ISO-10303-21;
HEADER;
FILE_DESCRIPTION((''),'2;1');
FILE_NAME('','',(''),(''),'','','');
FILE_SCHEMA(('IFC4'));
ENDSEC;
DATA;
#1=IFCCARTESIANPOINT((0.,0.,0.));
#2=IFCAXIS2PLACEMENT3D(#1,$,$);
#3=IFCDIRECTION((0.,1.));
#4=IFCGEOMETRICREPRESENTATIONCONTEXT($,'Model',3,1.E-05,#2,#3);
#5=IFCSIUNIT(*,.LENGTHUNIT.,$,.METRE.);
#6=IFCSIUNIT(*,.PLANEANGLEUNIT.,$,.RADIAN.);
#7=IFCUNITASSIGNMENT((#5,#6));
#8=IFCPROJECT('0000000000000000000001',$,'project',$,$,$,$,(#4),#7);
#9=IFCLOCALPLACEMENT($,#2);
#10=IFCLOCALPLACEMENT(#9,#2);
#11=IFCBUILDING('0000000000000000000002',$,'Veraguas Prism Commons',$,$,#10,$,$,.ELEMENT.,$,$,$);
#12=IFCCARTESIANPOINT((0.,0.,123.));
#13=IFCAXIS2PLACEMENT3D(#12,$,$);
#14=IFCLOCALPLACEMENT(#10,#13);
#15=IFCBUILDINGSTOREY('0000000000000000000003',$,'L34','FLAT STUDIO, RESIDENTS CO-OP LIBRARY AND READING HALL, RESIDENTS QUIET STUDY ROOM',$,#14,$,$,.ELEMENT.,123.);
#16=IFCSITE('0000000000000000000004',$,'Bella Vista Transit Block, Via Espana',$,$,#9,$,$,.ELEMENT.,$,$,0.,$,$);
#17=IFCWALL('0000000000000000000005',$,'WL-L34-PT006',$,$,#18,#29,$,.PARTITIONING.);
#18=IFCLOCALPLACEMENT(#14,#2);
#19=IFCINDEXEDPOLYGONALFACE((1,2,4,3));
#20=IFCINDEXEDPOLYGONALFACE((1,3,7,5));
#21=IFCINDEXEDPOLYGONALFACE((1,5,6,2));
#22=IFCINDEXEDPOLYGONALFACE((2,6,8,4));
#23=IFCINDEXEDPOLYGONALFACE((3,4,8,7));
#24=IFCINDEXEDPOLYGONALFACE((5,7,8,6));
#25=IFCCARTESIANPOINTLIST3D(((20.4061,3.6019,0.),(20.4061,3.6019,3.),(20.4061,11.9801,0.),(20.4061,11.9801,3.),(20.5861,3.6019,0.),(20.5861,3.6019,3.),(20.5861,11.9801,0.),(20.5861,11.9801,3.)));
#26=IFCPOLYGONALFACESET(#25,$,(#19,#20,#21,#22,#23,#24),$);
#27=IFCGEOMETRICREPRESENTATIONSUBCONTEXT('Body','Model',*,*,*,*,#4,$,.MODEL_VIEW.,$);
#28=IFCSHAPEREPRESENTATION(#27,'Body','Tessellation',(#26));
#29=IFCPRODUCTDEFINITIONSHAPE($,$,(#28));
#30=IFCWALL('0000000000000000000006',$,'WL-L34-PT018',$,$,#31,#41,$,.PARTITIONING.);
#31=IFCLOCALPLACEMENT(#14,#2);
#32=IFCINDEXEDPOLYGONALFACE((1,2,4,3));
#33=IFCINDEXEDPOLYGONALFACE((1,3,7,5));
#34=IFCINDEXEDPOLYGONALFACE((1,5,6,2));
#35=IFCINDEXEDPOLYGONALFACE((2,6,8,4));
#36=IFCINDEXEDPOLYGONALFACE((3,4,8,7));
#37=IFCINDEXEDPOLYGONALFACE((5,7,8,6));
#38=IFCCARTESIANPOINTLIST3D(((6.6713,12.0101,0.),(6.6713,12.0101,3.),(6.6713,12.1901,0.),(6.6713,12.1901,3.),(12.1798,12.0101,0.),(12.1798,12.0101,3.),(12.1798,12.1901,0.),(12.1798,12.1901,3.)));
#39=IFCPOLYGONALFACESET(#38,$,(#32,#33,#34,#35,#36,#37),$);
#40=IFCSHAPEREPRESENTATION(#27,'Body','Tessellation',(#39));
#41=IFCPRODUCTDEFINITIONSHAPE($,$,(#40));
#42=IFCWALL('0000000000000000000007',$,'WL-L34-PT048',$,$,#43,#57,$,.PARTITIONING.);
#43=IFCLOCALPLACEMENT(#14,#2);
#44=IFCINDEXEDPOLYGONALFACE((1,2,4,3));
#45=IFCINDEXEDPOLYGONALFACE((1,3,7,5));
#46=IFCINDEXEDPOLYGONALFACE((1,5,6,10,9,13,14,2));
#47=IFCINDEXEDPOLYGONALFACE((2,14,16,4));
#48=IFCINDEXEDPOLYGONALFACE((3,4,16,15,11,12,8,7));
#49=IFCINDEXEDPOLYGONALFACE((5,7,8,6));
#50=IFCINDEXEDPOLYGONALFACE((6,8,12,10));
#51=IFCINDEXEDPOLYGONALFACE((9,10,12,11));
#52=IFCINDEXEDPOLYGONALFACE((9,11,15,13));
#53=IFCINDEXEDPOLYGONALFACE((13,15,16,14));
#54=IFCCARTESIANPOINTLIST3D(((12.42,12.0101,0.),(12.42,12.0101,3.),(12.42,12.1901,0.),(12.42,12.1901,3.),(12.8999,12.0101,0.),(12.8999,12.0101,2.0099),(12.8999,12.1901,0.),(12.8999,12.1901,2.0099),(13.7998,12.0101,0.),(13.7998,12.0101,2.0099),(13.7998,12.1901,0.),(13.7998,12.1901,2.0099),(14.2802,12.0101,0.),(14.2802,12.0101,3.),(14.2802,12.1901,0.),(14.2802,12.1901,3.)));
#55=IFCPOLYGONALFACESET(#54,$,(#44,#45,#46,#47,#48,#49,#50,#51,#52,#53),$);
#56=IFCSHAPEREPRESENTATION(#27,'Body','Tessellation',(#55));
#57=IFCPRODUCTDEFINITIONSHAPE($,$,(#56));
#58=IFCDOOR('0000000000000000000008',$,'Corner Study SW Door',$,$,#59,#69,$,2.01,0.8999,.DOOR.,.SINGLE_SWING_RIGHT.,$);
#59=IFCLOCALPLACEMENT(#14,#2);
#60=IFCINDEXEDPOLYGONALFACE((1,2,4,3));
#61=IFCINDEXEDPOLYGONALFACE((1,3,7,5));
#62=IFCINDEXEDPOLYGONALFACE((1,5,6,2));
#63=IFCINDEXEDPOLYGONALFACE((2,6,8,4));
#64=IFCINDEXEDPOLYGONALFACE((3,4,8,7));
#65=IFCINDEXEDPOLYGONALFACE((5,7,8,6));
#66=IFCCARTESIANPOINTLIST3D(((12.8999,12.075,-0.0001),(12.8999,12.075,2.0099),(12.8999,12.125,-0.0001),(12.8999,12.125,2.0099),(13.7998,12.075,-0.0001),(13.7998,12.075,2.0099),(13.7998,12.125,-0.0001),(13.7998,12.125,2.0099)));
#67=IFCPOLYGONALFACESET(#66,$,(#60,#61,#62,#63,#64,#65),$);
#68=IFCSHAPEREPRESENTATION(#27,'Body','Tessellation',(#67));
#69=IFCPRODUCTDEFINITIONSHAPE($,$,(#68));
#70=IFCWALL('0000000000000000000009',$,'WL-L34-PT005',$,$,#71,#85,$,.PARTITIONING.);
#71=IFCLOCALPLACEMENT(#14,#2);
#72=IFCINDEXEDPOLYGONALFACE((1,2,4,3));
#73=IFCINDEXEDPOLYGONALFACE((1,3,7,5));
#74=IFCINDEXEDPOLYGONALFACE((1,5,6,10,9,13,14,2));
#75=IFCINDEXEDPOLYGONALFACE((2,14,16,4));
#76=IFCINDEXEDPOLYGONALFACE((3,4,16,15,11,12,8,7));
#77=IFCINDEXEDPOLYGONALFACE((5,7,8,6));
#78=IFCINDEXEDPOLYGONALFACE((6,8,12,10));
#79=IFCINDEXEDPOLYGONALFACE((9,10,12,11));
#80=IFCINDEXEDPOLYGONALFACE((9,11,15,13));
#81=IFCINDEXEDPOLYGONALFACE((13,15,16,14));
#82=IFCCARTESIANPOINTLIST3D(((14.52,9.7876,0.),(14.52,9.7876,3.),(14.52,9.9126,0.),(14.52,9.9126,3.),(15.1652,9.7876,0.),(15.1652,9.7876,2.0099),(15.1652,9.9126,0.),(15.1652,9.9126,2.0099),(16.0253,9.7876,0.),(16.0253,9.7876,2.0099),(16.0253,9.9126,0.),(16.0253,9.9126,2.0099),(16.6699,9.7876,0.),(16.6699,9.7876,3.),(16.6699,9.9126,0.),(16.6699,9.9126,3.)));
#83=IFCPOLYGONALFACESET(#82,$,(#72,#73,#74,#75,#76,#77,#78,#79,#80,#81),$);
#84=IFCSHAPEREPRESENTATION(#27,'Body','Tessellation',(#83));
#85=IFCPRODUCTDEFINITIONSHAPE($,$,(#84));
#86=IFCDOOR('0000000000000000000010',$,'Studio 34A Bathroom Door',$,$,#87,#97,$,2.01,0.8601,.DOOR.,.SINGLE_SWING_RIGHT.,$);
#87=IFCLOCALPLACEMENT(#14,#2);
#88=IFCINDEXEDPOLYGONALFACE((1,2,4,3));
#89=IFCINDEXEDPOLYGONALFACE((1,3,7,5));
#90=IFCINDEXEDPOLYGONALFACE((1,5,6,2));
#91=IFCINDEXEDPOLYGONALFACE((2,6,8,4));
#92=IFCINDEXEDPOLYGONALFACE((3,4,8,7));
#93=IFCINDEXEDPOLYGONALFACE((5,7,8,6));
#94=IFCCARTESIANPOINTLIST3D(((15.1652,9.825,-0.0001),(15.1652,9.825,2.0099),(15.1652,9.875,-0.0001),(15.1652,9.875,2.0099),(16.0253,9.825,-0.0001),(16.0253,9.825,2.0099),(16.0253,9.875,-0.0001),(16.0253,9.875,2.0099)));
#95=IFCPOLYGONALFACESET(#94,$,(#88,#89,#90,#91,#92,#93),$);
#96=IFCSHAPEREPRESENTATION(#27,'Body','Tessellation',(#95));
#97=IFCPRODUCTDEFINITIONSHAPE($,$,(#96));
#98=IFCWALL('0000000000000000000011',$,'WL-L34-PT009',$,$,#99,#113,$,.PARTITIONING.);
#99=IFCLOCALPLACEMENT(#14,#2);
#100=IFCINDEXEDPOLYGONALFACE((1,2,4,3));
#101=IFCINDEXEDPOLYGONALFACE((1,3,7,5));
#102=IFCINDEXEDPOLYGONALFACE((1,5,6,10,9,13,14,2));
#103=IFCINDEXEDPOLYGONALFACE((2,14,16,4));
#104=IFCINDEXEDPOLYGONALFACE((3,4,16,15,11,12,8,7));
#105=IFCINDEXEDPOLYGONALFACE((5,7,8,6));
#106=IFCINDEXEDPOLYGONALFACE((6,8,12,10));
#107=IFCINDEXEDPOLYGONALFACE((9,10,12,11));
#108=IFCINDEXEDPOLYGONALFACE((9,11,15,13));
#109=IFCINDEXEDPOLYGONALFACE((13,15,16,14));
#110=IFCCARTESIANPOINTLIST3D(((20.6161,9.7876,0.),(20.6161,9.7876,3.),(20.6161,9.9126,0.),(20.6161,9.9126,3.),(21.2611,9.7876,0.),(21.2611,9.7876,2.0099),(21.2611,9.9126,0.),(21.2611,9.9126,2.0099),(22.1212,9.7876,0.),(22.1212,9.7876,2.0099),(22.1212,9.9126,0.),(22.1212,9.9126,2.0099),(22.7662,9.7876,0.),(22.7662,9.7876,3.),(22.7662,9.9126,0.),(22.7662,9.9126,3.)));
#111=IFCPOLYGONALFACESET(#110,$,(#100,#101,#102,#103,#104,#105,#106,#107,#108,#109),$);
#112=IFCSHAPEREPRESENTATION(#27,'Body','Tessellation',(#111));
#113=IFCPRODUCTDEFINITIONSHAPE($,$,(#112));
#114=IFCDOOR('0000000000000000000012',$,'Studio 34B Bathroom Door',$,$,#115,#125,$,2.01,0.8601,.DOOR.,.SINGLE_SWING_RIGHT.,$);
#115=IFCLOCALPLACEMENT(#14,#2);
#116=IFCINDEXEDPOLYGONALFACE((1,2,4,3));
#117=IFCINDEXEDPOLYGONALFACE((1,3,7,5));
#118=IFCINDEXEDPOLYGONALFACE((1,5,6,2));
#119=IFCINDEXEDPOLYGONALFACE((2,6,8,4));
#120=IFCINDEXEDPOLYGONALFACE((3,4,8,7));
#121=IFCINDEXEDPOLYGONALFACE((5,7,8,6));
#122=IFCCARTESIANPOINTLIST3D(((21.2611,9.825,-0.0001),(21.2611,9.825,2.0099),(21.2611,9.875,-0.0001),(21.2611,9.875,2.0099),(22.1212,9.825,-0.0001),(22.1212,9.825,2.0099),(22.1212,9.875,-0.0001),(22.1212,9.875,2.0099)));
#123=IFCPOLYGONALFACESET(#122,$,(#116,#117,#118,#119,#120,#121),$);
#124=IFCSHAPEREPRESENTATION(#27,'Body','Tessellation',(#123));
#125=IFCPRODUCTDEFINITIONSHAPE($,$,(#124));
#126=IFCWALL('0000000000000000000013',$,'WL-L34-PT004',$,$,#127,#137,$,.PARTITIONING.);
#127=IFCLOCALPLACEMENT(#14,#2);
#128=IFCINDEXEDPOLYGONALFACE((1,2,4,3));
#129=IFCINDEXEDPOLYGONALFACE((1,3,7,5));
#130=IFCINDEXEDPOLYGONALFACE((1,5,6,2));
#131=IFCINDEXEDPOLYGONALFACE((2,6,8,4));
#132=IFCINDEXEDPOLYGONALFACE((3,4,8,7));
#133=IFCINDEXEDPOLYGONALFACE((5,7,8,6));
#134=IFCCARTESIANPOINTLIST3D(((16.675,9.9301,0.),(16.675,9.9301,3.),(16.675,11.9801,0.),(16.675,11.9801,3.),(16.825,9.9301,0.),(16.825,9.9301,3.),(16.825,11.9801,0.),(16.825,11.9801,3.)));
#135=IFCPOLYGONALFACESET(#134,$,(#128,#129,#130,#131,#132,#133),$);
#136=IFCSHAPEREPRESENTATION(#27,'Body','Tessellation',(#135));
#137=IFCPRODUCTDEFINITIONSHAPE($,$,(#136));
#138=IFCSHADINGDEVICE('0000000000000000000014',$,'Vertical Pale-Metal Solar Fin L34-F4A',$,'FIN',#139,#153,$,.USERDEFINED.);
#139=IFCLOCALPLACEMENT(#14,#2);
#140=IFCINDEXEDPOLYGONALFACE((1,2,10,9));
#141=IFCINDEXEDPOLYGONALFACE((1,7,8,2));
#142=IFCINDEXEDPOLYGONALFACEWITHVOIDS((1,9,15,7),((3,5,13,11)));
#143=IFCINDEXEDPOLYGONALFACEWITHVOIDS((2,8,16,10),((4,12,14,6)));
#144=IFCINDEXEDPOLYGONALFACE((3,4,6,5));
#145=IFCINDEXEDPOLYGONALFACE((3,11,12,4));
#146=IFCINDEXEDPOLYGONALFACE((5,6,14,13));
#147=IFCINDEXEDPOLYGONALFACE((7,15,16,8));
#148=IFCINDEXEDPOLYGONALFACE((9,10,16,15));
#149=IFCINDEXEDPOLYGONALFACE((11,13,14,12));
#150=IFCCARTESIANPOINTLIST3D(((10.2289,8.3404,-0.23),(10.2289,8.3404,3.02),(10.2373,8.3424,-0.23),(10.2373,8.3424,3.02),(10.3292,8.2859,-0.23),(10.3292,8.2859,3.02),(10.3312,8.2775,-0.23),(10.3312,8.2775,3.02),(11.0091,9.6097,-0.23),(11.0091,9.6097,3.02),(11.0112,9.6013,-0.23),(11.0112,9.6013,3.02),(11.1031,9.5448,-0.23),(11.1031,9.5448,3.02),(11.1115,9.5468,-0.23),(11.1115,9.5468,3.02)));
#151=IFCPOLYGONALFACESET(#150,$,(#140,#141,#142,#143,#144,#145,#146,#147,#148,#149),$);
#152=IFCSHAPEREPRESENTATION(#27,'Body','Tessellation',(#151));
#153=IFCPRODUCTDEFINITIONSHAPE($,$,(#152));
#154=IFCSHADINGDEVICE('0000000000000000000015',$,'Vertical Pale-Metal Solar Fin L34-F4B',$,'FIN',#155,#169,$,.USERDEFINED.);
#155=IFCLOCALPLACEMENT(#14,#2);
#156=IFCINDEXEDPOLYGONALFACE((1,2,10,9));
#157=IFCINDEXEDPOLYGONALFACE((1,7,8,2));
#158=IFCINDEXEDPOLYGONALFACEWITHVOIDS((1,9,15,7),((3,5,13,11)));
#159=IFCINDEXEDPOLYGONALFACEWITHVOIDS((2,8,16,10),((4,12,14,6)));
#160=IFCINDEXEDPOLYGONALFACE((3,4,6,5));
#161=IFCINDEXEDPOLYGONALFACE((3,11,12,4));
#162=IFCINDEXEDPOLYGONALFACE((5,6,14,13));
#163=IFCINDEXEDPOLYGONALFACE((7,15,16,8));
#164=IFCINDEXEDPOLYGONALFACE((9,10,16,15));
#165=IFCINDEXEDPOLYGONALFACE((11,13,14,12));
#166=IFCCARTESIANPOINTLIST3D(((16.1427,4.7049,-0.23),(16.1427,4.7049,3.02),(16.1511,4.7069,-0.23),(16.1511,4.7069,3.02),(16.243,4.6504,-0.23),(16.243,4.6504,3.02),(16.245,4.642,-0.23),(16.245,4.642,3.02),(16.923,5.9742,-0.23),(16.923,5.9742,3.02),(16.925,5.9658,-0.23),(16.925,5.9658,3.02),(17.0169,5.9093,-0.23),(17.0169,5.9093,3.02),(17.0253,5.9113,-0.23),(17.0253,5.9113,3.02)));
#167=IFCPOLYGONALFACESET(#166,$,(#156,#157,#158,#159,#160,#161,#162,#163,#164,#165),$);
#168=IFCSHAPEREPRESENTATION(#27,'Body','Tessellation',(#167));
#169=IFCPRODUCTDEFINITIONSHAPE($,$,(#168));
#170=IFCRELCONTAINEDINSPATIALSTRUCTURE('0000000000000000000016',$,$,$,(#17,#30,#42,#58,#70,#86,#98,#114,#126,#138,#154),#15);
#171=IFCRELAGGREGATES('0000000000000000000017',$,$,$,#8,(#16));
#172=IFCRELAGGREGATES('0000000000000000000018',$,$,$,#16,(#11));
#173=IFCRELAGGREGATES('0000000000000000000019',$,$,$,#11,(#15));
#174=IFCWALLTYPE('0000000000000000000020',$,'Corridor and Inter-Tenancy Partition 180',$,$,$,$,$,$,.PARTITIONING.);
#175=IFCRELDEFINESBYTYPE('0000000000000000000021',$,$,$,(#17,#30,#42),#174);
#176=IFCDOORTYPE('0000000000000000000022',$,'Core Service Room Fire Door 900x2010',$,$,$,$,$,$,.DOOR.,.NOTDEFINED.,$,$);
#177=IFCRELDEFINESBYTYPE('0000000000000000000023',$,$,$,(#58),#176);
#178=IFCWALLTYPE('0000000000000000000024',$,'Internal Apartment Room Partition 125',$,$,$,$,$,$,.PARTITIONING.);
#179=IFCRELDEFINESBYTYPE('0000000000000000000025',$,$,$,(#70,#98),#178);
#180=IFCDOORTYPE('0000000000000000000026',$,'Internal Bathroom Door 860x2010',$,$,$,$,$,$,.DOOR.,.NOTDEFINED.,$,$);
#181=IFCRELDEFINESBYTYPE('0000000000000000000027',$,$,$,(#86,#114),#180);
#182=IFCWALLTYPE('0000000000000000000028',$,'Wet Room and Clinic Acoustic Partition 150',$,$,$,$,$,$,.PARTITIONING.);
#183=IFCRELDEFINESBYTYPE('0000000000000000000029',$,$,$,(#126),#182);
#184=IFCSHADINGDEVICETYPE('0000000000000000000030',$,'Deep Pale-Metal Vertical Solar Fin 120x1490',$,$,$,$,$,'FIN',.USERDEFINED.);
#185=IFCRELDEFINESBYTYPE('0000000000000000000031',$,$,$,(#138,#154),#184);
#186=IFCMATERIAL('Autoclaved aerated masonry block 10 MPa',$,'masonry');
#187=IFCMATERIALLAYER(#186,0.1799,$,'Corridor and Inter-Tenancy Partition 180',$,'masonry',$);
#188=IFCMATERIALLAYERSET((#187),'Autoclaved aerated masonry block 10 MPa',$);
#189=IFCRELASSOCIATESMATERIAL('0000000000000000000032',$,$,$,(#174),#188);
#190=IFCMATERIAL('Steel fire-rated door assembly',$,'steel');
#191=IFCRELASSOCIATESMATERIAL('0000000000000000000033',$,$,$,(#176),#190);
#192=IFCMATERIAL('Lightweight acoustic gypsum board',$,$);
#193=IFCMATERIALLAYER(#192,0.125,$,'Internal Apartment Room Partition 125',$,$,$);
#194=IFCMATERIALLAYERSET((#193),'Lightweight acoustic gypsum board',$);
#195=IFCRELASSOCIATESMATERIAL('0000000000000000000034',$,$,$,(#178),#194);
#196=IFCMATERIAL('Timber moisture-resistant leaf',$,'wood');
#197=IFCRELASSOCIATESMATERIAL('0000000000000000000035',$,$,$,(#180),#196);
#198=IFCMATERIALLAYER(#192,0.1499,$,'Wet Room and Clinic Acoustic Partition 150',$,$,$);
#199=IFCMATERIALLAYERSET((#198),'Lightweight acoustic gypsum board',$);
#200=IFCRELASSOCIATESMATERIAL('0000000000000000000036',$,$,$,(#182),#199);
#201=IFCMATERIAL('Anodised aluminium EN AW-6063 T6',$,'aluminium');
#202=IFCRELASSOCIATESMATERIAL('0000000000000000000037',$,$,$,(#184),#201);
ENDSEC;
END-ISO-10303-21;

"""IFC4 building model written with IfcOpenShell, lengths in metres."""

from ifc_helpers import new_model, si_unit, direction, frame, frame_2d, origin, origin_2d, place, context, subcontext, project, spatial, rectangle, hollow_rectangle, extrude, source, transform, mapped, material, layer, layer_set, material_profile, profile_set, type_object, element, fill, save


model = new_model("IFC4")

# Units and contexts
model_context = context("Model", 3, precision=1e-05, world=origin(), true_north=direction((0.0, 1.0)))
body_context = subcontext(model_context, "Body", "Model", "MODEL_VIEW")
ifc_project = project(units=[si_unit("LENGTHUNIT", "METRE"), si_unit("PLANEANGLEUNIT", "RADIAN")], contexts=[model_context])

# Site, building, storey
site_placement = place(None, origin())
site = spatial("IfcSite", under=ifc_project, at=site_placement, Name="Bella Vista Transit Block, Via Espana", CompositionType="ELEMENT", RefElevation=0.0)
building_placement = place(site_placement, origin())
building = spatial("IfcBuilding", under=site, at=building_placement, Name="Veraguas Prism Commons", CompositionType="ELEMENT")
storey_placement = place(building_placement, frame((0.0, 0.0, 123.0)))
storey = spatial("IfcBuildingStorey", under=building, at=storey_placement, Name="L34", Description="FLAT STUDIO, RESIDENTS CO-OP LIBRARY AND READING HALL, RESIDENTS QUIET STUDY ROOM", CompositionType="ELEMENT", Elevation=123.0)

# Shared definitions
ifc_material_1 = material(Name="Anodised aluminium EN AW-6063 T6", Category="aluminium")

# Shared definitions
ifc_material_2 = material(Name="Autoclaved aerated masonry block 10 MPa", Category="masonry")
ifc_layer_1 = layer(ifc_material_2, 0.1799, Name="Corridor and Inter-Tenancy Partition 180", Category="masonry")
ifc_layer_set_1 = layer_set([ifc_layer_1], Name="Autoclaved aerated masonry block 10 MPa")
wall_type_1 = type_object("IfcWallType", Name="Corridor and Inter-Tenancy Partition 180", PredefinedType="PARTITIONING", material=ifc_layer_set_1)

# Walls
wall_1_placement = place(storey_placement, frame((20.4961, 11.98, 0.0), z_axis=(0.0, 0.0, 1.0), x_axis=(0.0, -1.0, 0.0)))
element("IfcWall", 1, at=wall_1_placement, inside=storey, type_object=wall_type_1, Name="WL-L34-PT006", PredefinedType="PARTITIONING", context=body_context, shape_type="SweptSolid", body=[
    extrude(rectangle(XDim=8.3782, YDim=0.1799, at=frame_2d((4.189, 0.0))), origin(), (0.0, 0.0, 1.0), 3.0),
])
wall_2_placement = place(storey_placement, frame((12.1799, 12.1001, 0.0), z_axis=(0.0, 0.0, 1.0), x_axis=(-1.0, 0.0, 0.0)))
element("IfcWall", 2, at=wall_2_placement, inside=storey, type_object=wall_type_1, Name="WL-L34-PT018", PredefinedType="PARTITIONING", context=body_context, shape_type="SweptSolid", body=[
    extrude(rectangle(XDim=5.5085, YDim=0.1799, at=frame_2d((2.7544, 0.0))), origin(), (0.0, 0.0, 1.0), 3.0),
])

# Walls, openings, doors
wall_3_placement = place(storey_placement, frame((12.4199, 12.1001, 0.0), z_axis=(0.0, 0.0, 1.0), x_axis=(1.0, 0.0, 0.0)))
wall_3 = element("IfcWall", 3, at=wall_3_placement, inside=storey, type_object=wall_type_1, Name="WL-L34-PT048", PredefinedType="PARTITIONING", context=body_context, shape_type="SweptSolid", body=[
    extrude(rectangle(XDim=1.8601, YDim=0.1799, at=frame_2d((0.9302, 0.0))), origin(), (0.0, 0.0, 1.0), 3.0),
])
opening_1_placement = place(wall_3_placement, frame((0.48, 0.0, 0.0)))
opening_1 = element("IfcOpeningElement", 4, at=opening_1_placement, cuts=wall_3, PredefinedType="OPENING", context=body_context, shape_type="SweptSolid", body=[
    extrude(rectangle(XDim=0.8999, YDim=2.01, at=frame_2d((0.45, 1.0049))), frame((0.0, 0.0999, 0.0), z_axis=(0.0, -1.0, 0.0), x_axis=(1.0, 0.0, 0.0)), (0.0, 0.0, 1.0), 0.2),
])
ifc_material_3 = material(Name="Steel fire-rated door assembly", Category="steel")
door_type_1 = type_object("IfcDoorType", Name="Core Service Room Fire Door 900x2010", OperationType="NOTDEFINED", PredefinedType="DOOR", material=ifc_material_3)
shared_shape_1 = source(origin(), body_context, "Body", "SweptSolid", [
    extrude(rectangle(XDim=0.8999, YDim=2.01, at=frame_2d((0.45, 1.0049))), frame((0.0, 0.0249, 0.0), z_axis=(0.0, -1.0, 0.0), x_axis=(1.0, 0.0, 0.0)), (0.0, 0.0, 1.0), 0.05),
])
door_1_placement = place(opening_1_placement, origin())
door_1 = element("IfcDoor", 5, at=door_1_placement, inside=storey, type_object=door_type_1, Name="Corner Study SW Door", OperationType="SINGLE_SWING_RIGHT", OverallHeight=2.01, OverallWidth=0.8999, PredefinedType="DOOR", context=body_context, shape_type="MappedRepresentation", body=[
    mapped(shared_shape_1, transform((0.0, 0.0, 0.0), scale=1.0)),
])
fill(opening_1, door_1)
ifc_material_4 = material(Name="Lightweight acoustic gypsum board")
ifc_layer_2 = layer(ifc_material_4, 0.125, Name="Internal Apartment Room Partition 125")
ifc_layer_set_2 = layer_set([ifc_layer_2], Name="Lightweight acoustic gypsum board")
wall_type_2 = type_object("IfcWallType", Name="Internal Apartment Room Partition 125", PredefinedType="PARTITIONING", material=ifc_layer_set_2)
wall_4_placement = place(storey_placement, frame((14.52, 9.8501, 0.0), z_axis=(0.0, 0.0, 1.0), x_axis=(1.0, 0.0, 0.0)))
wall_4 = element("IfcWall", 6, at=wall_4_placement, inside=storey, type_object=wall_type_2, Name="WL-L34-PT005", PredefinedType="PARTITIONING", context=body_context, shape_type="SweptSolid", body=[
    extrude(rectangle(XDim=2.1499, YDim=0.125, at=frame_2d((1.075, 0.0))), origin(), (0.0, 0.0, 1.0), 3.0),
])
opening_2_placement = place(wall_4_placement, frame((0.645, 0.0, 0.0)))
opening_2 = element("IfcOpeningElement", 7, at=opening_2_placement, cuts=wall_4, PredefinedType="OPENING", context=body_context, shape_type="SweptSolid", body=[
    extrude(rectangle(XDim=0.8601, YDim=2.01, at=frame_2d((0.4302, 1.0049))), frame((0.0, 0.0725, 0.0), z_axis=(0.0, -1.0, 0.0), x_axis=(1.0, 0.0, 0.0)), (0.0, 0.0, 1.0), 0.145),
])
ifc_material_5 = material(Name="Timber moisture-resistant leaf", Category="wood")
door_type_2 = type_object("IfcDoorType", Name="Internal Bathroom Door 860x2010", OperationType="NOTDEFINED", PredefinedType="DOOR", material=ifc_material_5)
shared_shape_2 = source(origin(), body_context, "Body", "SweptSolid", [
    extrude(rectangle(XDim=0.8601, YDim=2.01, at=frame_2d((0.4302, 1.0049))), frame((0.0, 0.0249, 0.0), z_axis=(0.0, -1.0, 0.0), x_axis=(1.0, 0.0, 0.0)), (0.0, 0.0, 1.0), 0.05),
])
door_2_placement = place(opening_2_placement, origin())
door_2 = element("IfcDoor", 8, at=door_2_placement, inside=storey, type_object=door_type_2, Name="Studio 34A Bathroom Door", OperationType="SINGLE_SWING_RIGHT", OverallHeight=2.01, OverallWidth=0.8601, PredefinedType="DOOR", context=body_context, shape_type="MappedRepresentation", body=[
    mapped(shared_shape_2, transform((0.0, 0.0, 0.0), scale=1.0)),
])
fill(opening_2, door_2)
wall_5_placement = place(storey_placement, frame((20.616, 9.8501, 0.0), z_axis=(0.0, 0.0, 1.0), x_axis=(1.0, 0.0, 0.0)))
wall_5 = element("IfcWall", 9, at=wall_5_placement, inside=storey, type_object=wall_type_2, Name="WL-L34-PT009", PredefinedType="PARTITIONING", context=body_context, shape_type="SweptSolid", body=[
    extrude(rectangle(XDim=2.1501, YDim=0.125, at=frame_2d((1.0752, 0.0))), origin(), (0.0, 0.0, 1.0), 3.0),
])
opening_3_placement = place(wall_5_placement, frame((0.645, 0.0, 0.0)))
opening_3 = element("IfcOpeningElement", 10, at=opening_3_placement, cuts=wall_5, PredefinedType="OPENING", context=body_context, shape_type="SweptSolid", body=[
    extrude(rectangle(XDim=0.8601, YDim=2.01, at=frame_2d((0.4302, 1.0049))), frame((0.0, 0.0725, 0.0), z_axis=(0.0, -1.0, 0.0), x_axis=(1.0, 0.0, 0.0)), (0.0, 0.0, 1.0), 0.145),
])
door_3_placement = place(opening_3_placement, origin())
door_3 = element("IfcDoor", 11, at=door_3_placement, inside=storey, type_object=door_type_2, Name="Studio 34B Bathroom Door", OperationType="SINGLE_SWING_RIGHT", OverallHeight=2.01, OverallWidth=0.8601, PredefinedType="DOOR", context=body_context, shape_type="MappedRepresentation", body=[
    mapped(shared_shape_2, transform((0.0, 0.0, 0.0), scale=1.0)),
])
fill(opening_3, door_3)

# Wall
ifc_layer_3 = layer(ifc_material_4, 0.1499, Name="Wet Room and Clinic Acoustic Partition 150")
ifc_layer_set_3 = layer_set([ifc_layer_3], Name="Lightweight acoustic gypsum board")
wall_type_3 = type_object("IfcWallType", Name="Wet Room and Clinic Acoustic Partition 150", PredefinedType="PARTITIONING", material=ifc_layer_set_3)
wall_6_placement = place(storey_placement, frame((16.75, 11.98, 0.0), z_axis=(0.0, 0.0, 1.0), x_axis=(0.0, -1.0, 0.0)))
element("IfcWall", 12, at=wall_6_placement, inside=storey, type_object=wall_type_3, Name="WL-L34-PT004", PredefinedType="PARTITIONING", context=body_context, shape_type="SweptSolid", body=[
    extrude(rectangle(XDim=2.05, YDim=0.1499, at=frame_2d((1.0249, 0.0))), origin(), (0.0, 0.0, 1.0), 3.0),
])

# Shading devices
ifc_material_profile_1 = material_profile(ifc_material_1, hollow_rectangle(XDim=0.1201, YDim=1.49, WallThickness=0.0061, at=origin_2d()), Name="FIN120X1490X6")
ifc_profile_set_1 = profile_set([ifc_material_profile_1], Name="Anodised aluminium EN AW-6063 T6")
shading_device_type = type_object("IfcShadingDeviceType", Name="Deep Pale-Metal Vertical Solar Fin 120x1490", ElementType="FIN", PredefinedType="USERDEFINED", material=ifc_profile_set_1)
for number, where, z_axis, x_axis, name in (
    (13, (10.6702, 8.9436, -0.23), (0.0, 0.0, 1.0), (0.851909, -0.52369, 0.0), "Vertical Pale-Metal Solar Fin L34-F4A"),
    (14, (16.584, 5.3081, -0.23), (0.0, 0.0, 1.0), (0.851909, -0.52369, 0.0), "Vertical Pale-Metal Solar Fin L34-F4B"),
):
    element("IfcShadingDevice", number, at=place(storey_placement, frame(where, z_axis=z_axis, x_axis=x_axis)), inside=storey, type_object=shading_device_type, Name=name, ObjectType="FIN", PredefinedType="USERDEFINED", context=body_context, shape_type="SweptSolid", body=[
        extrude(hollow_rectangle(XDim=0.1201, YDim=1.49, WallThickness=0.0061, at=origin_2d()), origin(), (0.0, 0.0, 1.0), 3.25),
    ])

save(model, "model.ifc")
